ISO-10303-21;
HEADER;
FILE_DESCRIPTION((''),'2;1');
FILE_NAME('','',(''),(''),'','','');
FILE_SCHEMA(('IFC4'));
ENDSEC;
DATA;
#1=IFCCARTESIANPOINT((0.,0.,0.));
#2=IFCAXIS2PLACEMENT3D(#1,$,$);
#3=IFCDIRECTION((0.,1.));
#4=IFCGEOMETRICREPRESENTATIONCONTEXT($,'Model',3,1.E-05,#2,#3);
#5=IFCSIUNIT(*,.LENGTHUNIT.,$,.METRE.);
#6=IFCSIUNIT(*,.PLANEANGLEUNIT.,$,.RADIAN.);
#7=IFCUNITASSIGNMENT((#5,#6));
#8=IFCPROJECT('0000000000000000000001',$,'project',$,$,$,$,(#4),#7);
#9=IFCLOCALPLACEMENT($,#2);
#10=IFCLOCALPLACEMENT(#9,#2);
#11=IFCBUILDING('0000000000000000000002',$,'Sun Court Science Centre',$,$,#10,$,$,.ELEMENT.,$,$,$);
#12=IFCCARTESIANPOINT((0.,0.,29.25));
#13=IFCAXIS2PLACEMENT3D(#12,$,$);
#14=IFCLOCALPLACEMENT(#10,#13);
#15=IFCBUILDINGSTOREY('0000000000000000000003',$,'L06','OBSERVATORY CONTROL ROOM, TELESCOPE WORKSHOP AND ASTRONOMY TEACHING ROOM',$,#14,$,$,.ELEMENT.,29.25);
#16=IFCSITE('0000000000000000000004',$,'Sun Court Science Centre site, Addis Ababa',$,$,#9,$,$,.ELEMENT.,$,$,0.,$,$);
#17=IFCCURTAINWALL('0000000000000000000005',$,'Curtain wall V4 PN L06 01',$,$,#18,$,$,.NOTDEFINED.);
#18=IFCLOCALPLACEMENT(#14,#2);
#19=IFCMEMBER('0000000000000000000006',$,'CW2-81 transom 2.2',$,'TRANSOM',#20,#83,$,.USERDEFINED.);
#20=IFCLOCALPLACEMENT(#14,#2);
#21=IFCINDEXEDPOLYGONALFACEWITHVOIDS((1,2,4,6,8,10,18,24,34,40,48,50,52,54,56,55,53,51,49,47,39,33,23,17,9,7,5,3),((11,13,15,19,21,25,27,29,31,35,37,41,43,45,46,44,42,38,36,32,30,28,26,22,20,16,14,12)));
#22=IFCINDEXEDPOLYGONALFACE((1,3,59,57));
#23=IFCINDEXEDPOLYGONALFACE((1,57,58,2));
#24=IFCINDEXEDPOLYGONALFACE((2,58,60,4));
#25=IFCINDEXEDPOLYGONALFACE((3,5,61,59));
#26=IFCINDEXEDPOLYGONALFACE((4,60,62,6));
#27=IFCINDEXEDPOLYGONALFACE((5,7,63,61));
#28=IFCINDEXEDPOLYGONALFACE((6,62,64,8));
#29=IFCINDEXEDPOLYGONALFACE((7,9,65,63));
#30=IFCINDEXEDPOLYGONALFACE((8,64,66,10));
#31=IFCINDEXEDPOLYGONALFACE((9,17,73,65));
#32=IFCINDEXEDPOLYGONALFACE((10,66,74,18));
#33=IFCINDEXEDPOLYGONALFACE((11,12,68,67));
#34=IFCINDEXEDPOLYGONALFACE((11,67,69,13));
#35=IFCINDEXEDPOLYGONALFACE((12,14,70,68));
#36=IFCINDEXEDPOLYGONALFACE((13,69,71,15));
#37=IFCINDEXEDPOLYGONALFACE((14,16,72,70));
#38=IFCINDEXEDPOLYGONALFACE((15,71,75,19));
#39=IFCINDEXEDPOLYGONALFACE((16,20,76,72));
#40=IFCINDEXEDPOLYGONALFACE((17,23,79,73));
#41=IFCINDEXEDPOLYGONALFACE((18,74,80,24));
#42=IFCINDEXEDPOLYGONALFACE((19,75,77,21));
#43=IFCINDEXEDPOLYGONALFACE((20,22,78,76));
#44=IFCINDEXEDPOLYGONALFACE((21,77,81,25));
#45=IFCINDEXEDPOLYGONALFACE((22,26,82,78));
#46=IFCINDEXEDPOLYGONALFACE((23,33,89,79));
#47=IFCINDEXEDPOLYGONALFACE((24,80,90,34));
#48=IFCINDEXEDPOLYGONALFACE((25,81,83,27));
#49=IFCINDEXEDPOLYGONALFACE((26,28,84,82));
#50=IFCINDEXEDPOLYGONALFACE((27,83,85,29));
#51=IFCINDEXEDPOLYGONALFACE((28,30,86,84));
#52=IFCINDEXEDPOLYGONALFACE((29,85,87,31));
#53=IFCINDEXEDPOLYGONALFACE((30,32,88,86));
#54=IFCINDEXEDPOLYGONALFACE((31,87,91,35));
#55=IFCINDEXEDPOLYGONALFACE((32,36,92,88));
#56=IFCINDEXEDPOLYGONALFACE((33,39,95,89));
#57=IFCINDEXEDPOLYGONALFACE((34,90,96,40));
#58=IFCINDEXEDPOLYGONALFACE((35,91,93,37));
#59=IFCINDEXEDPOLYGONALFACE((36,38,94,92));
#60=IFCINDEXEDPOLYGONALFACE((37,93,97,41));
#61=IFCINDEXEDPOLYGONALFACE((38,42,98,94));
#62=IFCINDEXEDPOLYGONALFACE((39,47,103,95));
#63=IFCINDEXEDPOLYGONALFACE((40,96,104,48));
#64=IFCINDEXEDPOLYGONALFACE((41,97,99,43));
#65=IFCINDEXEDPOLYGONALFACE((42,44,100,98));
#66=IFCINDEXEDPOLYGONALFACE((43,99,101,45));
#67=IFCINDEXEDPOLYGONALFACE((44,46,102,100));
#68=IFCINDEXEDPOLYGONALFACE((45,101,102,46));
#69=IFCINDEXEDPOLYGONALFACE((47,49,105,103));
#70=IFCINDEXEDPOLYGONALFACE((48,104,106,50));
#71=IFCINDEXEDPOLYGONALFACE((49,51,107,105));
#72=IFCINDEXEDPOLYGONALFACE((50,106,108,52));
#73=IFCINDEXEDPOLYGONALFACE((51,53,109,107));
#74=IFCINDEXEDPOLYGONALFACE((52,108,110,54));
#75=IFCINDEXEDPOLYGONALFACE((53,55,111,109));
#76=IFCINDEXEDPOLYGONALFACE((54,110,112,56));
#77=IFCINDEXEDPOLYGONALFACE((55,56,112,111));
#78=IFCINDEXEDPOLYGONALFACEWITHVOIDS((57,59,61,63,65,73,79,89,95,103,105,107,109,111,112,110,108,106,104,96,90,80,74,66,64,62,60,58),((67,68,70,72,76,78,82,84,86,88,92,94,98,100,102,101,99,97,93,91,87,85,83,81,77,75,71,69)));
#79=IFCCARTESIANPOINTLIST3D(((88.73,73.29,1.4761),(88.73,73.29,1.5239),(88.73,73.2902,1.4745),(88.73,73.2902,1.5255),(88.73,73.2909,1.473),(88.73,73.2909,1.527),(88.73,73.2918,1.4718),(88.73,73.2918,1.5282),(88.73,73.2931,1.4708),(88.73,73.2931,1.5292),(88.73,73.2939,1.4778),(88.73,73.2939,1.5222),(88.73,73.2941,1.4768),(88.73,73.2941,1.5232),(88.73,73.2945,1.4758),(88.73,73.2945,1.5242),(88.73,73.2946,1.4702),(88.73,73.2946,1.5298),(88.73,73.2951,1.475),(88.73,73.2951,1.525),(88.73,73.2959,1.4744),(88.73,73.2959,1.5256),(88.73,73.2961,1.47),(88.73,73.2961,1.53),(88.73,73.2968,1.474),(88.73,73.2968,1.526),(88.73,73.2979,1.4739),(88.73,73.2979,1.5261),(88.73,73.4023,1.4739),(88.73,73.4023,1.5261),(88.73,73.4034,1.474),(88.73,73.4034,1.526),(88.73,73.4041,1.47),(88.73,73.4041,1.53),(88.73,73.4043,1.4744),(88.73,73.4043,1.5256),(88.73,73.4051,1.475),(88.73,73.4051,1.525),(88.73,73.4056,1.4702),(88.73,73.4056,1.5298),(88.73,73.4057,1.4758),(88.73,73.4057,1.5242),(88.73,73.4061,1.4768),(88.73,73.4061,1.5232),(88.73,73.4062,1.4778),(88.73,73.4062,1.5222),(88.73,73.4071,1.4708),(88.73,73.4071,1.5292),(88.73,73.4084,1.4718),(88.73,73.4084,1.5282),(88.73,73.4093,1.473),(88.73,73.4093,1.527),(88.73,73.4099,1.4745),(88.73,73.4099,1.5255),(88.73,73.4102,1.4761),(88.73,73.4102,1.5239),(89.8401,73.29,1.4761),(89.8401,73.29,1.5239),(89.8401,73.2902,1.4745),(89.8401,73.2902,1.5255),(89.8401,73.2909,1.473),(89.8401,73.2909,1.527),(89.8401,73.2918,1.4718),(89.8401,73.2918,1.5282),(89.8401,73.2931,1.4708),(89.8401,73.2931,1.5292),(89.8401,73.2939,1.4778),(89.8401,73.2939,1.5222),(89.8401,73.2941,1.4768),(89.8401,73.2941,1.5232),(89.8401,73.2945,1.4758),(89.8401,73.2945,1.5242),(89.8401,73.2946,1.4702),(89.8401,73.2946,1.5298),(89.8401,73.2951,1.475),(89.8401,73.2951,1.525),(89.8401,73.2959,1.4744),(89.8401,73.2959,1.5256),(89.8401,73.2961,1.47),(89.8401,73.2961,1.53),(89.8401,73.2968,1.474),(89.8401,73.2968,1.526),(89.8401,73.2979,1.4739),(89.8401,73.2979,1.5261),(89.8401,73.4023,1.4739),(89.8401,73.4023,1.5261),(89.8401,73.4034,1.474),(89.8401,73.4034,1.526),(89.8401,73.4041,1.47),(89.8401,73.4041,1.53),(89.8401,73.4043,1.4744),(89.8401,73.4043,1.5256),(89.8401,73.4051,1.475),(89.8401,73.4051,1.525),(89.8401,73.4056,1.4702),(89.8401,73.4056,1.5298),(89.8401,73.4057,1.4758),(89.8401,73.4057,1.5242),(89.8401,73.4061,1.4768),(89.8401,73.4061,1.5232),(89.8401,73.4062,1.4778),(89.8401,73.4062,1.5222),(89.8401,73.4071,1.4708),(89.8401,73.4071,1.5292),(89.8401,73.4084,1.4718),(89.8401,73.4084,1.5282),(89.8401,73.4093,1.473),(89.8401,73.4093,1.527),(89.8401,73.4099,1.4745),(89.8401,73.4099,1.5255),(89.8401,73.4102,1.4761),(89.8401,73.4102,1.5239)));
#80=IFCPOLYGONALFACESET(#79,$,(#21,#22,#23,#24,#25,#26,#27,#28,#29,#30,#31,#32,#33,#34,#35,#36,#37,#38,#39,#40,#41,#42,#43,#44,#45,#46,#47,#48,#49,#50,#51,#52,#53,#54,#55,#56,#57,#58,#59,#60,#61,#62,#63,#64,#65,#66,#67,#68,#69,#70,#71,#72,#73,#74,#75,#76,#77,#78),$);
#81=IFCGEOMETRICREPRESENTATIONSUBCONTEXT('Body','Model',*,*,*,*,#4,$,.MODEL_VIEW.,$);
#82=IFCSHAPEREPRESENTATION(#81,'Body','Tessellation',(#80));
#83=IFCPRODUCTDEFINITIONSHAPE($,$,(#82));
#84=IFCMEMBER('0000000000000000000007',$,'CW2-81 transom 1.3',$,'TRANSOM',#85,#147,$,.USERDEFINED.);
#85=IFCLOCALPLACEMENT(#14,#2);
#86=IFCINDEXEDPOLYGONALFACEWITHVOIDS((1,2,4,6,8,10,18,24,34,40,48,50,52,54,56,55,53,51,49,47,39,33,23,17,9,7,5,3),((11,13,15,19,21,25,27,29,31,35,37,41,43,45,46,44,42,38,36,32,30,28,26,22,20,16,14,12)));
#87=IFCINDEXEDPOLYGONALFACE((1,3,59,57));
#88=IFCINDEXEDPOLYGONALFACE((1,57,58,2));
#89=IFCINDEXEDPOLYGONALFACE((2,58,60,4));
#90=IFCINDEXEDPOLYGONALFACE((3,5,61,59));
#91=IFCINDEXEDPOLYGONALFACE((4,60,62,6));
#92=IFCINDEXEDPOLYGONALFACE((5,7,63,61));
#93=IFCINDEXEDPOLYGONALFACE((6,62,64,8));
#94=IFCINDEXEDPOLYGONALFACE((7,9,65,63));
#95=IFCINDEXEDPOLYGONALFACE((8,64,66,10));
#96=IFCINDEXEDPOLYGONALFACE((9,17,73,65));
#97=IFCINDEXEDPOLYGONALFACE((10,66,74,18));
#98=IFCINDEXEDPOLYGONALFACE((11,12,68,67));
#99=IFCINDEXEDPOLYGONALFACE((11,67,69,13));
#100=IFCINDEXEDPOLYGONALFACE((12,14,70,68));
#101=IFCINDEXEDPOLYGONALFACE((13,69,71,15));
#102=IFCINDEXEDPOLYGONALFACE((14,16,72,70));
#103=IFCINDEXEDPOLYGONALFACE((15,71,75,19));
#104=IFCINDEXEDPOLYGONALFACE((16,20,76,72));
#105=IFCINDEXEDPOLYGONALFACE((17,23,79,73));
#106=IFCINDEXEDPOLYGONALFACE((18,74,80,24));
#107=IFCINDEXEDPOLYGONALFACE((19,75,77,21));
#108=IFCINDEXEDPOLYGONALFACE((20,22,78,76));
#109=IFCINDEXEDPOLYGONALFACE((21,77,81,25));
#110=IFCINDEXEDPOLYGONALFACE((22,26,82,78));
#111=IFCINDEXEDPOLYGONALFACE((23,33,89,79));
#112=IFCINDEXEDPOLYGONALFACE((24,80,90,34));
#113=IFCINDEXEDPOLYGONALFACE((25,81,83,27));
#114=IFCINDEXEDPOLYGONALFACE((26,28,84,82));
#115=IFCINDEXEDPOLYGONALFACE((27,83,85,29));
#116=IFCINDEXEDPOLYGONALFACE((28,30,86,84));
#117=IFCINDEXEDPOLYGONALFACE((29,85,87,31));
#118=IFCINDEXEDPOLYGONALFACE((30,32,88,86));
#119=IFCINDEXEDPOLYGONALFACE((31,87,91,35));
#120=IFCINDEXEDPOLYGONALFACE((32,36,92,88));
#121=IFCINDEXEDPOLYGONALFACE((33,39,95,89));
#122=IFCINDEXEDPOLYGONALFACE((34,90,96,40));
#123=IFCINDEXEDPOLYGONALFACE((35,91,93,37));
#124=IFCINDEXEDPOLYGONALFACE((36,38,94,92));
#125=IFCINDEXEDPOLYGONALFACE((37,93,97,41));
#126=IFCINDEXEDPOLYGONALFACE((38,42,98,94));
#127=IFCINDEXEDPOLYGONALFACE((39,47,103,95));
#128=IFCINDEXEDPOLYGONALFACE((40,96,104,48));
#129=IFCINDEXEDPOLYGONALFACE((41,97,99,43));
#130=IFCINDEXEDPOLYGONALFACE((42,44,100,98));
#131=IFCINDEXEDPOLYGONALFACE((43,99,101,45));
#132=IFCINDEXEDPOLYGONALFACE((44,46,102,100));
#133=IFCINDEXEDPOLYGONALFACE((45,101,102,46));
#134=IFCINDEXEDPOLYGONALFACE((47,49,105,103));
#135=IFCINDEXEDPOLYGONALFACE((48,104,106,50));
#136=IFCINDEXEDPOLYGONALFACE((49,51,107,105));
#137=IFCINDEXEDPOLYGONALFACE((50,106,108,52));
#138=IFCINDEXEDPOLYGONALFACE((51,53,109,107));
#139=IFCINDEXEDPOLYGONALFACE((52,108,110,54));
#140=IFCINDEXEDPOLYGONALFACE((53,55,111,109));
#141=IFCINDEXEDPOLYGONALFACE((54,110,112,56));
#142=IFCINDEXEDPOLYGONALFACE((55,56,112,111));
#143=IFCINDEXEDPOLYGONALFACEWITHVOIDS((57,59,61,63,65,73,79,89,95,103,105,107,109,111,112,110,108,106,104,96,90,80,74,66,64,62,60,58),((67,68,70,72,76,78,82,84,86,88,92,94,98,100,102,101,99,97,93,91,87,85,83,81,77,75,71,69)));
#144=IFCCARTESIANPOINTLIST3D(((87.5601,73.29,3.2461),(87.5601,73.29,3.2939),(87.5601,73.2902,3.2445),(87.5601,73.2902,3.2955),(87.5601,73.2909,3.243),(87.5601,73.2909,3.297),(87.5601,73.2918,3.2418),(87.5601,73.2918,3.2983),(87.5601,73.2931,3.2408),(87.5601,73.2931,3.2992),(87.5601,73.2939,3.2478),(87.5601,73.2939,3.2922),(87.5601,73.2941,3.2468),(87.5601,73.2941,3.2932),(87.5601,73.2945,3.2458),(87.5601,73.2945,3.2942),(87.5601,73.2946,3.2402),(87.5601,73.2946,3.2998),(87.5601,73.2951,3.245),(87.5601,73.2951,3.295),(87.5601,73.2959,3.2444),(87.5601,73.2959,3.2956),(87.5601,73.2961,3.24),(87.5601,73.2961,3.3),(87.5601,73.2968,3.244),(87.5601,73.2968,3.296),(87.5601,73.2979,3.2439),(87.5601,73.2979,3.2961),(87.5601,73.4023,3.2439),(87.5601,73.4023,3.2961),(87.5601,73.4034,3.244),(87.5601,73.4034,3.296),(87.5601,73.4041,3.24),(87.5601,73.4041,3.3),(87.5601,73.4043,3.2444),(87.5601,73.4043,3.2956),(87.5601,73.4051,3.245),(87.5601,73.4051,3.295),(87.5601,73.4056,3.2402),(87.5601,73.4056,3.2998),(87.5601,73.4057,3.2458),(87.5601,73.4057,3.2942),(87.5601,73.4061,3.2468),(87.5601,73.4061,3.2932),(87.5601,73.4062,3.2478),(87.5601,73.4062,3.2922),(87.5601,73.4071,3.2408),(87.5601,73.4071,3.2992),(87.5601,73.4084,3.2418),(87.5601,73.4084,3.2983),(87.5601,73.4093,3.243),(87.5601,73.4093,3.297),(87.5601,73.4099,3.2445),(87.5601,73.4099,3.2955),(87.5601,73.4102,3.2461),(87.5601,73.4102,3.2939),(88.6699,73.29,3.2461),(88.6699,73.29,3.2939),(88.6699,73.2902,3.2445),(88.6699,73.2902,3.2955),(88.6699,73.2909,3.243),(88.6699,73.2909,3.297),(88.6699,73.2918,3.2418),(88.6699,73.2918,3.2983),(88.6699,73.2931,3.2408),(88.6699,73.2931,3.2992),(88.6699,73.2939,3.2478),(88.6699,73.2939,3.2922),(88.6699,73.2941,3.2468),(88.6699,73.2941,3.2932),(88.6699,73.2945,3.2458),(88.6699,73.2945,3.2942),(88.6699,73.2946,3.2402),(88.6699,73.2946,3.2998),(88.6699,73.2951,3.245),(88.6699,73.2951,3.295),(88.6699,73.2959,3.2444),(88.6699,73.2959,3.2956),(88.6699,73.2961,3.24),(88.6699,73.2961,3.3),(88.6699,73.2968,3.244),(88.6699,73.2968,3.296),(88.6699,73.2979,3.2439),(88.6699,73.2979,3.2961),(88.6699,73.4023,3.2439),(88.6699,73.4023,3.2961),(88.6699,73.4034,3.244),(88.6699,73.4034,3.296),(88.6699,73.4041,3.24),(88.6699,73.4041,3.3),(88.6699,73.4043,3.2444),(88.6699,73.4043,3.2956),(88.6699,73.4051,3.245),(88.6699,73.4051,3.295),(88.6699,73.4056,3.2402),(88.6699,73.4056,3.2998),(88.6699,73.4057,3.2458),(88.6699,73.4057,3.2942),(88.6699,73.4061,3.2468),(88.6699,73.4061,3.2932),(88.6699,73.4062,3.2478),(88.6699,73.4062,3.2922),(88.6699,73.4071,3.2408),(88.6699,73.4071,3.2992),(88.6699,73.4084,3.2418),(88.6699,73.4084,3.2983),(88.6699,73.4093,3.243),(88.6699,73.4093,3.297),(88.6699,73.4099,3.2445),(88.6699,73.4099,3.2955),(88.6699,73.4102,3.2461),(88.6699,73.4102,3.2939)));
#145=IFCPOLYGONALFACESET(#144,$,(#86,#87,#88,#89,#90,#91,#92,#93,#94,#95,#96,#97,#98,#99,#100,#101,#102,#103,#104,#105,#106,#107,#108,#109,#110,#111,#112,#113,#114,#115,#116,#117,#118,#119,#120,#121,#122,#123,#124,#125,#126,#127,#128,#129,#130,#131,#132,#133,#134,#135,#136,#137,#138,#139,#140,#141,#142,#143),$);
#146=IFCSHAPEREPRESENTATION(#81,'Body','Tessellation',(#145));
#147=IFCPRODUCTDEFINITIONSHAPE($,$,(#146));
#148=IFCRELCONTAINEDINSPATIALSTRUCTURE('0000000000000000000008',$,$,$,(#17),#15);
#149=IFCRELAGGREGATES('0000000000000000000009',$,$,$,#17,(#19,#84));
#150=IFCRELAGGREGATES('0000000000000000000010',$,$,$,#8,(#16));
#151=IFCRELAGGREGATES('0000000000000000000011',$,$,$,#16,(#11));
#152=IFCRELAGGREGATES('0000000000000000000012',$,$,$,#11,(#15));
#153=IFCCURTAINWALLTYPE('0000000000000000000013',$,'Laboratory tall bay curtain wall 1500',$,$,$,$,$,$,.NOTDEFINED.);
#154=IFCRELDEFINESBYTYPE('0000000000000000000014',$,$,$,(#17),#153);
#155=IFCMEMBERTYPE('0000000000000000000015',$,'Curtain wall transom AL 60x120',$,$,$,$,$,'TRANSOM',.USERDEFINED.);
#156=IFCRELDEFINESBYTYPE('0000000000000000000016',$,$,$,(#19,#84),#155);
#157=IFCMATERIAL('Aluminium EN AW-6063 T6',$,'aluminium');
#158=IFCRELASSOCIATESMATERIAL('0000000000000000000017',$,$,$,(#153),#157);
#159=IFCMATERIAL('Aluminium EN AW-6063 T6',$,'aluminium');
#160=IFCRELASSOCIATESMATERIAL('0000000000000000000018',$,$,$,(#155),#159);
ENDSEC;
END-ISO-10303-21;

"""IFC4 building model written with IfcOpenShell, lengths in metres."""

from ifc_helpers import new_model, si_unit, direction, frame, origin, origin_2d, place, context, subcontext, project, spatial, hollow_rectangle, extrude, material, material_profile, profile_set, type_object, element, aggregate, save


model = new_model("IFC4")

# Units and contexts
model_context = context("Model", 3, precision=1e-05, world=origin(), true_north=direction((0.0, 1.0)))
body_context = subcontext(model_context, "Body", "Model", "MODEL_VIEW")
ifc_project = project(units=[si_unit("LENGTHUNIT", "METRE"), si_unit("PLANEANGLEUNIT", "RADIAN")], contexts=[model_context])

# Site, building, storey
site_placement = place(None, origin())
site = spatial("IfcSite", under=ifc_project, at=site_placement, Name="Sun Court Science Centre site, Addis Ababa", CompositionType="ELEMENT", RefElevation=0.0)
building_placement = place(site_placement, origin())
building = spatial("IfcBuilding", under=site, at=building_placement, Name="Sun Court Science Centre", CompositionType="ELEMENT")
storey_placement = place(building_placement, frame((0.0, 0.0, 29.25)))
storey = spatial("IfcBuildingStorey", under=building, at=storey_placement, Name="L06", Description="OBSERVATORY CONTROL ROOM, TELESCOPE WORKSHOP AND ASTRONOMY TEACHING ROOM", CompositionType="ELEMENT", Elevation=29.25)

# Curtain wall
ifc_material_1 = material(Name="Aluminium EN AW-6063 T6", Category="aluminium")
curtain_wall_type = type_object("IfcCurtainWallType", Name="Laboratory tall bay curtain wall 1500", PredefinedType="NOTDEFINED", material=ifc_material_1)
curtain_wall_1_placement = place(storey_placement, origin())
curtain_wall_1 = element("IfcCurtainWall", 1, at=curtain_wall_1_placement, inside=storey, type_object=curtain_wall_type, Name="Curtain wall V4 PN L06 01", PredefinedType="NOTDEFINED")

# Members
ifc_material_2 = material(Name="Aluminium EN AW-6063 T6", Category="aluminium")
ifc_material_profile_1 = material_profile(ifc_material_2, hollow_rectangle(XDim=0.0601, YDim=0.1201, WallThickness=0.0039, InnerFilletRadius=0.0039, OuterFilletRadius=0.0061, at=origin_2d()), Name="AL 60x120x4")
ifc_profile_set_1 = profile_set([ifc_material_profile_1], Name="Aluminium EN AW-6063 T6")
member_type_1 = type_object("IfcMemberType", Name="Curtain wall transom AL 60x120", ElementType="TRANSOM", PredefinedType="USERDEFINED", material=ifc_profile_set_1)
member_1_placement = place(storey_placement, frame((88.73, 73.3501, 1.5), z_axis=(1.0, 0.0, 0.0), x_axis=(0.0, 0.0, 1.0)))
member_1 = element("IfcMember", 2, at=member_1_placement, type_object=member_type_1, Name="CW2-81 transom 2.2", ObjectType="TRANSOM", PredefinedType="USERDEFINED", context=body_context, shape_type="SweptSolid", body=[
    extrude(hollow_rectangle(XDim=0.0601, YDim=0.1201, WallThickness=0.0039, InnerFilletRadius=0.0039, OuterFilletRadius=0.0061, at=origin_2d()), origin(), (0.0, 0.0, 1.0), 1.1101),
])
member_2_placement = place(storey_placement, frame((87.5601, 73.3501, 3.27), z_axis=(1.0, 0.0, 0.0), x_axis=(0.0, 0.0, 1.0)))
member_2 = element("IfcMember", 3, at=member_2_placement, type_object=member_type_1, Name="CW2-81 transom 1.3", ObjectType="TRANSOM", PredefinedType="USERDEFINED", context=body_context, shape_type="SweptSolid", body=[
    extrude(hollow_rectangle(XDim=0.0601, YDim=0.1201, WallThickness=0.0039, InnerFilletRadius=0.0039, OuterFilletRadius=0.0061, at=origin_2d()), origin(), (0.0, 0.0, 1.0), 1.1099),
])

aggregate(curtain_wall_1, [member_1, member_2])

save(model, "model.ifc")
